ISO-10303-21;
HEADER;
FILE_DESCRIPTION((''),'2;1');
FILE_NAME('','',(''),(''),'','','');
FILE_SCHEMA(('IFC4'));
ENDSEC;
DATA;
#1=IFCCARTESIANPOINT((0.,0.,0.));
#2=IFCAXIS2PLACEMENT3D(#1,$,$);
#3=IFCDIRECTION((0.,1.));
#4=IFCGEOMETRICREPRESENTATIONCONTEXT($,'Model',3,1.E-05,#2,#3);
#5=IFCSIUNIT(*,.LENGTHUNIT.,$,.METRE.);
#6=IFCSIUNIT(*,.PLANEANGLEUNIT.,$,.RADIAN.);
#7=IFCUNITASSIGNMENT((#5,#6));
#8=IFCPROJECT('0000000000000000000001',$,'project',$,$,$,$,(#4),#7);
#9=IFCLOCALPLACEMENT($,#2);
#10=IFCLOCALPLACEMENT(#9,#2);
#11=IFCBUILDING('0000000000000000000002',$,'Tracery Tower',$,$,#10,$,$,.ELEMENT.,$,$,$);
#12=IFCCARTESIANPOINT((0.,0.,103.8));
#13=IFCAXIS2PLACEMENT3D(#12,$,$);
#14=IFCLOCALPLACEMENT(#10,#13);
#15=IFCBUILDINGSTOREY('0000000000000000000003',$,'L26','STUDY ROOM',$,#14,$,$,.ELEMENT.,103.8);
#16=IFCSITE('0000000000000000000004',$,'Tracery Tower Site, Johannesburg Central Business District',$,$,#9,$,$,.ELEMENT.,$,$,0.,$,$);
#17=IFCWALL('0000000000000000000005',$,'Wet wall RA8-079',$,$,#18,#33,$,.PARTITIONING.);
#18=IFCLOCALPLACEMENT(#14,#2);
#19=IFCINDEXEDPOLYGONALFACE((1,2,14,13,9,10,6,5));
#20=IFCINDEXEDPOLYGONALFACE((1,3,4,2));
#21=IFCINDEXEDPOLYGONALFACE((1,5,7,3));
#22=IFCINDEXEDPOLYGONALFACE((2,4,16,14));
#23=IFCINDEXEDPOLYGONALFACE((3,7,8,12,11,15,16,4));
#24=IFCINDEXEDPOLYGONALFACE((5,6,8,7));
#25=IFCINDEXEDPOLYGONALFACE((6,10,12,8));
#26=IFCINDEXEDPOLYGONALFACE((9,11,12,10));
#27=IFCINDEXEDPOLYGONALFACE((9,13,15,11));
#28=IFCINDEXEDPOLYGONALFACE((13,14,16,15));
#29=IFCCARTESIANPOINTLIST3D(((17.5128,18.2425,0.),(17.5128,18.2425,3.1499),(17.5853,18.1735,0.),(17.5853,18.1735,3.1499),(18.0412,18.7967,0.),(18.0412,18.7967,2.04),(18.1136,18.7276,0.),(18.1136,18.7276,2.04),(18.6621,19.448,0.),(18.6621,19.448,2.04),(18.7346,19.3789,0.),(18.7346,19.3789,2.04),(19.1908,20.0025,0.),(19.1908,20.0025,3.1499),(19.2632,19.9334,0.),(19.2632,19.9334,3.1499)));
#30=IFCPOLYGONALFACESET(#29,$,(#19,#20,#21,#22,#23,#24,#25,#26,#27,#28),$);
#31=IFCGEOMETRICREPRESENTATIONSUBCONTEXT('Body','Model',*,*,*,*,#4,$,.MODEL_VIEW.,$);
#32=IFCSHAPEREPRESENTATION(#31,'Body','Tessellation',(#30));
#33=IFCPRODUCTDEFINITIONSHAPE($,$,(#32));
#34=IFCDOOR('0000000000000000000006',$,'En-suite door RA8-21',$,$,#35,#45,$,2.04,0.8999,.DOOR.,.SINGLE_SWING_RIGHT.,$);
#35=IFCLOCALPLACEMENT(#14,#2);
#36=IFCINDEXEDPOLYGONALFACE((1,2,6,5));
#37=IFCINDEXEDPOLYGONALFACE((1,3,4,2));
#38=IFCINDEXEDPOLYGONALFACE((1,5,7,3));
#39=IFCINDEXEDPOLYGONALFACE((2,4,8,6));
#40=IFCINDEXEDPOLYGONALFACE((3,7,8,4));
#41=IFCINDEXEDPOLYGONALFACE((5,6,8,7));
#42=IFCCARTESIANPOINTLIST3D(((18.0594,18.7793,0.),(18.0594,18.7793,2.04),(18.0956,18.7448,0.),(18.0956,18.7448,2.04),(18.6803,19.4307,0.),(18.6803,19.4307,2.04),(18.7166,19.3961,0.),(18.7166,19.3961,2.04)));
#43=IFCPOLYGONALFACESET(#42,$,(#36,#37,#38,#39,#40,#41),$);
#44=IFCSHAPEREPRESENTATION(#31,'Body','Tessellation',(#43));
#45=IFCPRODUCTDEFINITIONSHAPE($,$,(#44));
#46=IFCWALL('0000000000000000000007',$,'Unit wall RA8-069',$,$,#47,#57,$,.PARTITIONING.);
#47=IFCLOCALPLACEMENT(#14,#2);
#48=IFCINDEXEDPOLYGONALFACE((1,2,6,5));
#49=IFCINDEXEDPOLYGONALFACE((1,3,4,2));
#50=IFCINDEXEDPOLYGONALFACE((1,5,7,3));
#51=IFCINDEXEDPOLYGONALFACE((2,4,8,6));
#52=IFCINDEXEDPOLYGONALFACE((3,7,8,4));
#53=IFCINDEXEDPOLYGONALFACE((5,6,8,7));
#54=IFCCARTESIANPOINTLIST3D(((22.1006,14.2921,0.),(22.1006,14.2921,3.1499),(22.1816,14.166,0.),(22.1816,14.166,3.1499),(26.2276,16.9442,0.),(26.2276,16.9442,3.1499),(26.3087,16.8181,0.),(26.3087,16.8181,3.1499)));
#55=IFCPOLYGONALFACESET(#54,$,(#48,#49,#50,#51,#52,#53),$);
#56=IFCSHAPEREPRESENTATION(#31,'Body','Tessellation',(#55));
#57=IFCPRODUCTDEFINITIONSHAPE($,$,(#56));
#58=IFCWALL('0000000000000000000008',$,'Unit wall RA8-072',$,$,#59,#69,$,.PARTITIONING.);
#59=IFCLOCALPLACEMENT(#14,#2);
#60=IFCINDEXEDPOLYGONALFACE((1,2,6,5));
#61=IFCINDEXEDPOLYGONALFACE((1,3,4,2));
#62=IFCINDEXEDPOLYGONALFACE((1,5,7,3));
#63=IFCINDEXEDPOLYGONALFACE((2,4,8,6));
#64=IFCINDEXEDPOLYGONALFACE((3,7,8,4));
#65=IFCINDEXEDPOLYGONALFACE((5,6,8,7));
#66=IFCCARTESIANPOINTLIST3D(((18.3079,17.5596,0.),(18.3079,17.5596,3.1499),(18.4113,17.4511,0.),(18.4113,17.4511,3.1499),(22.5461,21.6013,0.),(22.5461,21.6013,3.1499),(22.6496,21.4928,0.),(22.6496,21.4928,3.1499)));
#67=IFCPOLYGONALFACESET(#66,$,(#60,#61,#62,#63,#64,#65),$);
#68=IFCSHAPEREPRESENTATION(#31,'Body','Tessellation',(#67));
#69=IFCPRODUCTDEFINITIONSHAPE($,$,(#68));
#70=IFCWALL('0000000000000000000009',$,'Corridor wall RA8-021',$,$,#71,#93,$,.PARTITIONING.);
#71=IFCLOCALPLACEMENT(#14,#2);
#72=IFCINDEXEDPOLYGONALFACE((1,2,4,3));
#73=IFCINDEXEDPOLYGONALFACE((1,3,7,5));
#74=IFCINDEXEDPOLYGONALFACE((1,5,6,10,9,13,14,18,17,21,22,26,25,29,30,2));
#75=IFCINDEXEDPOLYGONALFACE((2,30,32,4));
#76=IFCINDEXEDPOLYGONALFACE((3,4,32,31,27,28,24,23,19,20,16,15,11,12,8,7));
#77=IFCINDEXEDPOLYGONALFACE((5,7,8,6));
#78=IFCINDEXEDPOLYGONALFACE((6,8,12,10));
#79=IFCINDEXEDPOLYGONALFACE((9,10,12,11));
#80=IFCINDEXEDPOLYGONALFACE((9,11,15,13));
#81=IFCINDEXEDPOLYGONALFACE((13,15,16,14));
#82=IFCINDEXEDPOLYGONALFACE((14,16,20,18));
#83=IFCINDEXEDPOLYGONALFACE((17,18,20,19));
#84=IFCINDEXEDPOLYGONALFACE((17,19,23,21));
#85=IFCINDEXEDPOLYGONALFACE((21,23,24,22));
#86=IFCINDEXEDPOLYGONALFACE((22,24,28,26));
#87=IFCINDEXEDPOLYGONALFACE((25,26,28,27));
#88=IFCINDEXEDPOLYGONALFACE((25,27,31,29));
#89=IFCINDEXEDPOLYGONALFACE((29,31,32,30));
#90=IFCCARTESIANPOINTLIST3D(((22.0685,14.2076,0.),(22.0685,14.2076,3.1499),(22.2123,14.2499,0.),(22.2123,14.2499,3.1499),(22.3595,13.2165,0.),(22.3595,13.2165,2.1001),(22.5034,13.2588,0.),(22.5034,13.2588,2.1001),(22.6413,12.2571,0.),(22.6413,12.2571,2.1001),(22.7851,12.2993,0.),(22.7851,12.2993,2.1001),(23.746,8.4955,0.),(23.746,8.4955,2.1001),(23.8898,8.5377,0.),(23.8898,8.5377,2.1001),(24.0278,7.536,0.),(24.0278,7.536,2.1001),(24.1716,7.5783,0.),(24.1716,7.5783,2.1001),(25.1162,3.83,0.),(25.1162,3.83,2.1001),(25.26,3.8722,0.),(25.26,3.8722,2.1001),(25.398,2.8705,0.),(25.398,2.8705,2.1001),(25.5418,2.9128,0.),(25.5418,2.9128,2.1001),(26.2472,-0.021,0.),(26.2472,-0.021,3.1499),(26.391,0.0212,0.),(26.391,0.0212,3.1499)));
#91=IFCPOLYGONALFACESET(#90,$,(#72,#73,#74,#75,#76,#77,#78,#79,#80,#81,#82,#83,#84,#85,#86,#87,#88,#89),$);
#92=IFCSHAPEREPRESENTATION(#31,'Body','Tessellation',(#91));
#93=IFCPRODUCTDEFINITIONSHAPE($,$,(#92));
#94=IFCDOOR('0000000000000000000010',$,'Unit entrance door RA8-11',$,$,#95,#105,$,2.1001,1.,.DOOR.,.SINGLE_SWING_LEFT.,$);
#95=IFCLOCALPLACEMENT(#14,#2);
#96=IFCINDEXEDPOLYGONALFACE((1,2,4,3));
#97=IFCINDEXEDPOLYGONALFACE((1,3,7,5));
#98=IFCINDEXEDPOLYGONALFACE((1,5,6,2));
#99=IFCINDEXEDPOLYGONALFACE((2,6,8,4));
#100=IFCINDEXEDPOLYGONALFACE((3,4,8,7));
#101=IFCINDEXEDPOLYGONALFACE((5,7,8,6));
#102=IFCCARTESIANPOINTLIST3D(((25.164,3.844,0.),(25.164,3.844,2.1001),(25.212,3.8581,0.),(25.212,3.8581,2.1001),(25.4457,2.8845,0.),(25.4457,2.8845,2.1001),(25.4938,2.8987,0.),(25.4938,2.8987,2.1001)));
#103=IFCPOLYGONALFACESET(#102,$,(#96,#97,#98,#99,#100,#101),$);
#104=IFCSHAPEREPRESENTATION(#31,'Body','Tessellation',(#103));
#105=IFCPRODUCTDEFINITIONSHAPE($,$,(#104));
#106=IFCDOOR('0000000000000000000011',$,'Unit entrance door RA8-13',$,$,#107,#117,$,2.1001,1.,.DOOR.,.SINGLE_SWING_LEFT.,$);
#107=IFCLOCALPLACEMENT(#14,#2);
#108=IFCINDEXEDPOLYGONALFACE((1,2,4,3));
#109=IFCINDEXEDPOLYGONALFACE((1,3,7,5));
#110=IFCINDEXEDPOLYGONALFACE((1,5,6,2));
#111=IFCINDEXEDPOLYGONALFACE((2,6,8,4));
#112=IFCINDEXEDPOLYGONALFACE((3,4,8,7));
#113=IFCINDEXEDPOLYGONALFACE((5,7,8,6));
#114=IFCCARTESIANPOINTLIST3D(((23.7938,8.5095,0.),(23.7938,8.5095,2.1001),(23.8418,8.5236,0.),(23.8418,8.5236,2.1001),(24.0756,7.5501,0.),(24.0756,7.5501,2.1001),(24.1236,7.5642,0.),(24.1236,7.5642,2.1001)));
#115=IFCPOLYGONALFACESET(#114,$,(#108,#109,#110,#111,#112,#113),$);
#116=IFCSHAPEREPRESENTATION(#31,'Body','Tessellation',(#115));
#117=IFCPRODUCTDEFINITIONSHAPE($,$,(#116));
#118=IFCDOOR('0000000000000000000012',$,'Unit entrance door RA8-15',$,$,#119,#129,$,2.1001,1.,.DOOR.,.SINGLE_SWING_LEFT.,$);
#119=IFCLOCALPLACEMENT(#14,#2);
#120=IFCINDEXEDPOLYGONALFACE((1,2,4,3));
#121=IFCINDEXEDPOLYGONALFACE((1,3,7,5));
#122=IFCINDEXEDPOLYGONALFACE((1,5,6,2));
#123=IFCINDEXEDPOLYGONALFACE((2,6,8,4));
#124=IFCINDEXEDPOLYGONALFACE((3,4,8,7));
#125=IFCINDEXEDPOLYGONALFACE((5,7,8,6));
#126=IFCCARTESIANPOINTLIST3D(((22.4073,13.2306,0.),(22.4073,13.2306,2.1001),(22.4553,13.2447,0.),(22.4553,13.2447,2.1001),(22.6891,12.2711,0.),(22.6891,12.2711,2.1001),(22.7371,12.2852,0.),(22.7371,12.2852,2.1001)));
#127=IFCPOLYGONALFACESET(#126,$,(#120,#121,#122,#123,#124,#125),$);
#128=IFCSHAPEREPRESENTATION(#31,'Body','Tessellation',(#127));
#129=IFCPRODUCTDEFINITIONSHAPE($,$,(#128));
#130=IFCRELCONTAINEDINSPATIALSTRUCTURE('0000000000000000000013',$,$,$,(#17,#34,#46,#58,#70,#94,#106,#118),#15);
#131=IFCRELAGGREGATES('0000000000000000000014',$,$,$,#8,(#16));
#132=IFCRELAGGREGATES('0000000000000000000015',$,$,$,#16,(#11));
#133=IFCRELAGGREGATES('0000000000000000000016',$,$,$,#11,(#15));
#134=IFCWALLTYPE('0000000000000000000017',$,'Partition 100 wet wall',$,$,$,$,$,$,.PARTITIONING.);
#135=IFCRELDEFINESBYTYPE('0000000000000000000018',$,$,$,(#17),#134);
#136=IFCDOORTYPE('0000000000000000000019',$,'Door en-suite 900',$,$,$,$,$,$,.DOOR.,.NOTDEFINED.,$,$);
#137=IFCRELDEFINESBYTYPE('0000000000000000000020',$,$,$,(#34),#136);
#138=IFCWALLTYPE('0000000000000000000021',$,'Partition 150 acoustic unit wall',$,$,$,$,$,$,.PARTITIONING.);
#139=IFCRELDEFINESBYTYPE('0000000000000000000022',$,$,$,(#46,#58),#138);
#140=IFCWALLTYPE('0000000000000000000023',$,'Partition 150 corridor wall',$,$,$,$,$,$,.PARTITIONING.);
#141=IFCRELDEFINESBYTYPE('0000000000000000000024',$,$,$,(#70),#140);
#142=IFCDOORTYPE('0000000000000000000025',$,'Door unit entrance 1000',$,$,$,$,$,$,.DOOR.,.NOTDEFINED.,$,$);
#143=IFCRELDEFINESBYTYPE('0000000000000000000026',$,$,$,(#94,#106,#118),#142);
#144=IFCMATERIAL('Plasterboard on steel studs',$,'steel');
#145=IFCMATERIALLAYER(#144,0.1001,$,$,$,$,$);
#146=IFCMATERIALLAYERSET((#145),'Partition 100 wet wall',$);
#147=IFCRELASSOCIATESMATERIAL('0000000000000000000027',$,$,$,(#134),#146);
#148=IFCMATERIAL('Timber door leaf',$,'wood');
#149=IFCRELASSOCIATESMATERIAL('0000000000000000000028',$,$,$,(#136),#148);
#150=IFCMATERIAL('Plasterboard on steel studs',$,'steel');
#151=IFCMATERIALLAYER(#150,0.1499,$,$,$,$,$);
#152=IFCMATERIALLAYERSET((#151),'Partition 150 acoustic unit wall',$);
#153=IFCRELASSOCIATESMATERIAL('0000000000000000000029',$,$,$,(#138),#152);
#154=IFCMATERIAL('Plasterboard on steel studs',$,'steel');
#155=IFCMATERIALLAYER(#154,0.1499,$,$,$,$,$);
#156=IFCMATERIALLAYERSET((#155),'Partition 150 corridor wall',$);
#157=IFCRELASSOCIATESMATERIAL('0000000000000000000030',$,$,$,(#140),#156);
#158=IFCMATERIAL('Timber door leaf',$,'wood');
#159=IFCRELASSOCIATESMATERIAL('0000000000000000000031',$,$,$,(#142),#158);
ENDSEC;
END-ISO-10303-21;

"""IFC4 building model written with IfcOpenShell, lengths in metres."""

from ifc_helpers import new_model, si_unit, direction, frame, frame_2d, origin, place, context, subcontext, project, spatial, rectangle, extrude, material, layer, layer_set, type_object, element, fill, save


model = new_model("IFC4")

# Units and contexts
model_context = context("Model", 3, precision=1e-05, world=origin(), true_north=direction((0.0, 1.0)))
body_context = subcontext(model_context, "Body", "Model", "MODEL_VIEW")
ifc_project = project(units=[si_unit("LENGTHUNIT", "METRE"), si_unit("PLANEANGLEUNIT", "RADIAN")], contexts=[model_context])

# Site, building, storey
site_placement = place(None, origin())
site = spatial("IfcSite", under=ifc_project, at=site_placement, Name="Tracery Tower Site, Johannesburg Central Business District", CompositionType="ELEMENT", RefElevation=0.0)
building_placement = place(site_placement, origin())
building = spatial("IfcBuilding", under=site, at=building_placement, Name="Tracery Tower", CompositionType="ELEMENT")
storey_placement = place(building_placement, frame((0.0, 0.0, 103.8)))
storey = spatial("IfcBuildingStorey", under=building, at=storey_placement, Name="L26", Description="STUDY ROOM", CompositionType="ELEMENT", Elevation=103.8)

# Shared definitions
ifc_material_1 = material(Name="Plasterboard on steel studs", Category="steel")
ifc_layer_1 = layer(ifc_material_1, 0.1001)
ifc_layer_set_1 = layer_set([ifc_layer_1], Name="Partition 100 wet wall")
wall_type_1 = type_object("IfcWallType", Name="Partition 100 wet wall", PredefinedType="PARTITIONING", material=ifc_layer_set_1)
ifc_material_2 = material(Name="Timber door leaf", Category="wood")
door_type_1 = type_object("IfcDoorType", Name="Door en-suite 900", OperationType="NOTDEFINED", PredefinedType="DOOR", material=ifc_material_2)

# Wall, opening, door
wall_1_placement = place(storey_placement, frame((17.5491, 18.208, 0.0), z_axis=(0.0, 0.0, 1.0), x_axis=(0.690039, 0.723773, 0.0)))
wall_1 = element("IfcWall", 1, at=wall_1_placement, inside=storey, type_object=wall_type_1, Name="Wet wall RA8-079", PredefinedType="PARTITIONING", context=body_context, shape_type="SweptSolid", body=[
    extrude(rectangle(XDim=2.4316, YDim=0.1001, at=frame_2d((1.2158, 0.0))), origin(), (0.0, 0.0, 1.0), 3.1499),
])
opening_1_placement = place(wall_1_placement, frame((0.7656, 0.0, 0.0)))
opening_1 = element("IfcOpeningElement", 2, at=opening_1_placement, cuts=wall_1, PredefinedType="OPENING", context=body_context, shape_type="SweptSolid", body=[
    extrude(rectangle(XDim=0.8999, YDim=2.04, at=frame_2d((0.45, 1.02))), frame((0.0, 0.05, 0.0), z_axis=(0.0, -1.0, 0.0), x_axis=(1.0, 0.0, 0.0)), (0.0, 0.0, 1.0), 0.1001),
])
door_1_placement = place(opening_1_placement, origin())
door_1 = element("IfcDoor", 3, at=door_1_placement, inside=storey, type_object=door_type_1, Name="En-suite door RA8-21", OperationType="SINGLE_SWING_RIGHT", OverallHeight=2.04, OverallWidth=0.8999, PredefinedType="DOOR", context=body_context, shape_type="SweptSolid", body=[
    extrude(rectangle(XDim=0.8999, YDim=2.04, at=frame_2d((0.45, 1.02))), frame((0.0, 0.0249, 0.0), z_axis=(0.0, -1.0, 0.0), x_axis=(1.0, 0.0, 0.0)), (0.0, 0.0, 1.0), 0.05),
])
fill(opening_1, door_1)

# Walls
ifc_material_3 = material(Name="Plasterboard on steel studs", Category="steel")
ifc_layer_2 = layer(ifc_material_3, 0.1499)
ifc_layer_set_2 = layer_set([ifc_layer_2], Name="Partition 150 acoustic unit wall")
wall_type_2 = type_object("IfcWallType", Name="Partition 150 acoustic unit wall", PredefinedType="PARTITIONING", material=ifc_layer_set_2)
wall_2_placement = place(storey_placement, frame((22.1411, 14.229, 0.0), z_axis=(0.0, 0.0, 1.0), x_axis=(0.841266, 0.540622, 0.0)))
element("IfcWall", 4, at=wall_2_placement, inside=storey, type_object=wall_type_2, Name="Unit wall RA8-069", PredefinedType="PARTITIONING", context=body_context, shape_type="SweptSolid", body=[
    extrude(rectangle(XDim=4.9058, YDim=0.1499, at=frame_2d((2.4529, 0.0))), origin(), (0.0, 0.0, 1.0), 3.1499),
])
wall_3_placement = place(storey_placement, frame((18.3596, 17.5054, 0.0), z_axis=(0.0, 0.0, 1.0), x_axis=(0.723687, 0.690129, 0.0)))
element("IfcWall", 5, at=wall_3_placement, inside=storey, type_object=wall_type_2, Name="Unit wall RA8-072", PredefinedType="PARTITIONING", context=body_context, shape_type="SweptSolid", body=[
    extrude(rectangle(XDim=5.8564, YDim=0.1499, at=frame_2d((2.9282, 0.0))), origin(), (0.0, 0.0, 1.0), 3.1499),
])

# Wall, openings, doors
ifc_material_4 = material(Name="Plasterboard on steel studs", Category="steel")
ifc_layer_3 = layer(ifc_material_4, 0.1499)
ifc_layer_set_3 = layer_set([ifc_layer_3], Name="Partition 150 corridor wall")
wall_type_3 = type_object("IfcWallType", Name="Partition 150 corridor wall", PredefinedType="PARTITIONING", material=ifc_layer_set_3)
wall_4_placement = place(storey_placement, frame((22.1404, 14.2288, 0.0), z_axis=(0.0, 0.0, 1.0), x_axis=(0.28178, -0.959479, 0.0)))
wall_4 = element("IfcWall", 6, at=wall_4_placement, inside=storey, type_object=wall_type_3, Name="Corridor wall RA8-021", PredefinedType="PARTITIONING", context=body_context, shape_type="SweptSolid", body=[
    extrude(rectangle(XDim=14.8296, YDim=0.1499, at=frame_2d((7.4148, 0.0))), origin(), (0.0, 0.0, 1.0), 3.1499),
])
opening_2_placement = place(wall_4_placement, frame((10.8159, 0.0, 0.0)))
opening_2 = element("IfcOpeningElement", 7, at=opening_2_placement, cuts=wall_4, PredefinedType="OPENING", context=body_context, shape_type="SweptSolid", body=[
    extrude(rectangle(XDim=1.0, YDim=2.1001, at=frame_2d((0.5, 1.05))), frame((0.0, 0.075, 0.0), z_axis=(0.0, -1.0, 0.0), x_axis=(1.0, 0.0, 0.0)), (0.0, 0.0, 1.0), 0.1499),
])
opening_3_placement = place(wall_4_placement, frame((5.9534, 0.0, 0.0)))
opening_3 = element("IfcOpeningElement", 8, at=opening_3_placement, cuts=wall_4, PredefinedType="OPENING", context=body_context, shape_type="SweptSolid", body=[
    extrude(rectangle(XDim=1.0, YDim=2.1001, at=frame_2d((0.5, 1.05))), frame((0.0, 0.075, 0.0), z_axis=(0.0, -1.0, 0.0), x_axis=(1.0, 0.0, 0.0)), (0.0, 0.0, 1.0), 0.1499),
])
opening_4_placement = place(wall_4_placement, frame((1.033, 0.0, 0.0)))
opening_4 = element("IfcOpeningElement", 9, at=opening_4_placement, cuts=wall_4, PredefinedType="OPENING", context=body_context, shape_type="SweptSolid", body=[
    extrude(rectangle(XDim=1.0, YDim=2.1001, at=frame_2d((0.5, 1.05))), frame((0.0, 0.075, 0.0), z_axis=(0.0, -1.0, 0.0), x_axis=(1.0, 0.0, 0.0)), (0.0, 0.0, 1.0), 0.1499),
])
ifc_material_5 = material(Name="Timber door leaf", Category="wood")
door_type_2 = type_object("IfcDoorType", Name="Door unit entrance 1000", OperationType="NOTDEFINED", PredefinedType="DOOR", material=ifc_material_5)
door_2_placement = place(opening_2_placement, origin())
door_2 = element("IfcDoor", 10, at=door_2_placement, inside=storey, type_object=door_type_2, Name="Unit entrance door RA8-11", OperationType="SINGLE_SWING_LEFT", OverallHeight=2.1001, OverallWidth=1.0, PredefinedType="DOOR", context=body_context, shape_type="SweptSolid", body=[
    extrude(rectangle(XDim=1.0, YDim=2.1001, at=frame_2d((0.5, 1.05))), frame((0.0, 0.0249, 0.0), z_axis=(0.0, -1.0, 0.0), x_axis=(1.0, 0.0, 0.0)), (0.0, 0.0, 1.0), 0.05),
])
fill(opening_2, door_2)
door_3_placement = place(opening_3_placement, origin())
door_3 = element("IfcDoor", 11, at=door_3_placement, inside=storey, type_object=door_type_2, Name="Unit entrance door RA8-13", OperationType="SINGLE_SWING_LEFT", OverallHeight=2.1001, OverallWidth=1.0, PredefinedType="DOOR", context=body_context, shape_type="SweptSolid", body=[
    extrude(rectangle(XDim=1.0, YDim=2.1001, at=frame_2d((0.5, 1.05))), frame((0.0, 0.0249, 0.0), z_axis=(0.0, -1.0, 0.0), x_axis=(1.0, 0.0, 0.0)), (0.0, 0.0, 1.0), 0.05),
])
fill(opening_3, door_3)
door_4_placement = place(opening_4_placement, origin())
door_4 = element("IfcDoor", 12, at=door_4_placement, inside=storey, type_object=door_type_2, Name="Unit entrance door RA8-15", OperationType="SINGLE_SWING_LEFT", OverallHeight=2.1001, OverallWidth=1.0, PredefinedType="DOOR", context=body_context, shape_type="SweptSolid", body=[
    extrude(rectangle(XDim=1.0, YDim=2.1001, at=frame_2d((0.5, 1.05))), frame((0.0, 0.0249, 0.0), z_axis=(0.0, -1.0, 0.0), x_axis=(1.0, 0.0, 0.0)), (0.0, 0.0, 1.0), 0.05),
])
fill(opening_4, door_4)

save(model, "model.ifc")
